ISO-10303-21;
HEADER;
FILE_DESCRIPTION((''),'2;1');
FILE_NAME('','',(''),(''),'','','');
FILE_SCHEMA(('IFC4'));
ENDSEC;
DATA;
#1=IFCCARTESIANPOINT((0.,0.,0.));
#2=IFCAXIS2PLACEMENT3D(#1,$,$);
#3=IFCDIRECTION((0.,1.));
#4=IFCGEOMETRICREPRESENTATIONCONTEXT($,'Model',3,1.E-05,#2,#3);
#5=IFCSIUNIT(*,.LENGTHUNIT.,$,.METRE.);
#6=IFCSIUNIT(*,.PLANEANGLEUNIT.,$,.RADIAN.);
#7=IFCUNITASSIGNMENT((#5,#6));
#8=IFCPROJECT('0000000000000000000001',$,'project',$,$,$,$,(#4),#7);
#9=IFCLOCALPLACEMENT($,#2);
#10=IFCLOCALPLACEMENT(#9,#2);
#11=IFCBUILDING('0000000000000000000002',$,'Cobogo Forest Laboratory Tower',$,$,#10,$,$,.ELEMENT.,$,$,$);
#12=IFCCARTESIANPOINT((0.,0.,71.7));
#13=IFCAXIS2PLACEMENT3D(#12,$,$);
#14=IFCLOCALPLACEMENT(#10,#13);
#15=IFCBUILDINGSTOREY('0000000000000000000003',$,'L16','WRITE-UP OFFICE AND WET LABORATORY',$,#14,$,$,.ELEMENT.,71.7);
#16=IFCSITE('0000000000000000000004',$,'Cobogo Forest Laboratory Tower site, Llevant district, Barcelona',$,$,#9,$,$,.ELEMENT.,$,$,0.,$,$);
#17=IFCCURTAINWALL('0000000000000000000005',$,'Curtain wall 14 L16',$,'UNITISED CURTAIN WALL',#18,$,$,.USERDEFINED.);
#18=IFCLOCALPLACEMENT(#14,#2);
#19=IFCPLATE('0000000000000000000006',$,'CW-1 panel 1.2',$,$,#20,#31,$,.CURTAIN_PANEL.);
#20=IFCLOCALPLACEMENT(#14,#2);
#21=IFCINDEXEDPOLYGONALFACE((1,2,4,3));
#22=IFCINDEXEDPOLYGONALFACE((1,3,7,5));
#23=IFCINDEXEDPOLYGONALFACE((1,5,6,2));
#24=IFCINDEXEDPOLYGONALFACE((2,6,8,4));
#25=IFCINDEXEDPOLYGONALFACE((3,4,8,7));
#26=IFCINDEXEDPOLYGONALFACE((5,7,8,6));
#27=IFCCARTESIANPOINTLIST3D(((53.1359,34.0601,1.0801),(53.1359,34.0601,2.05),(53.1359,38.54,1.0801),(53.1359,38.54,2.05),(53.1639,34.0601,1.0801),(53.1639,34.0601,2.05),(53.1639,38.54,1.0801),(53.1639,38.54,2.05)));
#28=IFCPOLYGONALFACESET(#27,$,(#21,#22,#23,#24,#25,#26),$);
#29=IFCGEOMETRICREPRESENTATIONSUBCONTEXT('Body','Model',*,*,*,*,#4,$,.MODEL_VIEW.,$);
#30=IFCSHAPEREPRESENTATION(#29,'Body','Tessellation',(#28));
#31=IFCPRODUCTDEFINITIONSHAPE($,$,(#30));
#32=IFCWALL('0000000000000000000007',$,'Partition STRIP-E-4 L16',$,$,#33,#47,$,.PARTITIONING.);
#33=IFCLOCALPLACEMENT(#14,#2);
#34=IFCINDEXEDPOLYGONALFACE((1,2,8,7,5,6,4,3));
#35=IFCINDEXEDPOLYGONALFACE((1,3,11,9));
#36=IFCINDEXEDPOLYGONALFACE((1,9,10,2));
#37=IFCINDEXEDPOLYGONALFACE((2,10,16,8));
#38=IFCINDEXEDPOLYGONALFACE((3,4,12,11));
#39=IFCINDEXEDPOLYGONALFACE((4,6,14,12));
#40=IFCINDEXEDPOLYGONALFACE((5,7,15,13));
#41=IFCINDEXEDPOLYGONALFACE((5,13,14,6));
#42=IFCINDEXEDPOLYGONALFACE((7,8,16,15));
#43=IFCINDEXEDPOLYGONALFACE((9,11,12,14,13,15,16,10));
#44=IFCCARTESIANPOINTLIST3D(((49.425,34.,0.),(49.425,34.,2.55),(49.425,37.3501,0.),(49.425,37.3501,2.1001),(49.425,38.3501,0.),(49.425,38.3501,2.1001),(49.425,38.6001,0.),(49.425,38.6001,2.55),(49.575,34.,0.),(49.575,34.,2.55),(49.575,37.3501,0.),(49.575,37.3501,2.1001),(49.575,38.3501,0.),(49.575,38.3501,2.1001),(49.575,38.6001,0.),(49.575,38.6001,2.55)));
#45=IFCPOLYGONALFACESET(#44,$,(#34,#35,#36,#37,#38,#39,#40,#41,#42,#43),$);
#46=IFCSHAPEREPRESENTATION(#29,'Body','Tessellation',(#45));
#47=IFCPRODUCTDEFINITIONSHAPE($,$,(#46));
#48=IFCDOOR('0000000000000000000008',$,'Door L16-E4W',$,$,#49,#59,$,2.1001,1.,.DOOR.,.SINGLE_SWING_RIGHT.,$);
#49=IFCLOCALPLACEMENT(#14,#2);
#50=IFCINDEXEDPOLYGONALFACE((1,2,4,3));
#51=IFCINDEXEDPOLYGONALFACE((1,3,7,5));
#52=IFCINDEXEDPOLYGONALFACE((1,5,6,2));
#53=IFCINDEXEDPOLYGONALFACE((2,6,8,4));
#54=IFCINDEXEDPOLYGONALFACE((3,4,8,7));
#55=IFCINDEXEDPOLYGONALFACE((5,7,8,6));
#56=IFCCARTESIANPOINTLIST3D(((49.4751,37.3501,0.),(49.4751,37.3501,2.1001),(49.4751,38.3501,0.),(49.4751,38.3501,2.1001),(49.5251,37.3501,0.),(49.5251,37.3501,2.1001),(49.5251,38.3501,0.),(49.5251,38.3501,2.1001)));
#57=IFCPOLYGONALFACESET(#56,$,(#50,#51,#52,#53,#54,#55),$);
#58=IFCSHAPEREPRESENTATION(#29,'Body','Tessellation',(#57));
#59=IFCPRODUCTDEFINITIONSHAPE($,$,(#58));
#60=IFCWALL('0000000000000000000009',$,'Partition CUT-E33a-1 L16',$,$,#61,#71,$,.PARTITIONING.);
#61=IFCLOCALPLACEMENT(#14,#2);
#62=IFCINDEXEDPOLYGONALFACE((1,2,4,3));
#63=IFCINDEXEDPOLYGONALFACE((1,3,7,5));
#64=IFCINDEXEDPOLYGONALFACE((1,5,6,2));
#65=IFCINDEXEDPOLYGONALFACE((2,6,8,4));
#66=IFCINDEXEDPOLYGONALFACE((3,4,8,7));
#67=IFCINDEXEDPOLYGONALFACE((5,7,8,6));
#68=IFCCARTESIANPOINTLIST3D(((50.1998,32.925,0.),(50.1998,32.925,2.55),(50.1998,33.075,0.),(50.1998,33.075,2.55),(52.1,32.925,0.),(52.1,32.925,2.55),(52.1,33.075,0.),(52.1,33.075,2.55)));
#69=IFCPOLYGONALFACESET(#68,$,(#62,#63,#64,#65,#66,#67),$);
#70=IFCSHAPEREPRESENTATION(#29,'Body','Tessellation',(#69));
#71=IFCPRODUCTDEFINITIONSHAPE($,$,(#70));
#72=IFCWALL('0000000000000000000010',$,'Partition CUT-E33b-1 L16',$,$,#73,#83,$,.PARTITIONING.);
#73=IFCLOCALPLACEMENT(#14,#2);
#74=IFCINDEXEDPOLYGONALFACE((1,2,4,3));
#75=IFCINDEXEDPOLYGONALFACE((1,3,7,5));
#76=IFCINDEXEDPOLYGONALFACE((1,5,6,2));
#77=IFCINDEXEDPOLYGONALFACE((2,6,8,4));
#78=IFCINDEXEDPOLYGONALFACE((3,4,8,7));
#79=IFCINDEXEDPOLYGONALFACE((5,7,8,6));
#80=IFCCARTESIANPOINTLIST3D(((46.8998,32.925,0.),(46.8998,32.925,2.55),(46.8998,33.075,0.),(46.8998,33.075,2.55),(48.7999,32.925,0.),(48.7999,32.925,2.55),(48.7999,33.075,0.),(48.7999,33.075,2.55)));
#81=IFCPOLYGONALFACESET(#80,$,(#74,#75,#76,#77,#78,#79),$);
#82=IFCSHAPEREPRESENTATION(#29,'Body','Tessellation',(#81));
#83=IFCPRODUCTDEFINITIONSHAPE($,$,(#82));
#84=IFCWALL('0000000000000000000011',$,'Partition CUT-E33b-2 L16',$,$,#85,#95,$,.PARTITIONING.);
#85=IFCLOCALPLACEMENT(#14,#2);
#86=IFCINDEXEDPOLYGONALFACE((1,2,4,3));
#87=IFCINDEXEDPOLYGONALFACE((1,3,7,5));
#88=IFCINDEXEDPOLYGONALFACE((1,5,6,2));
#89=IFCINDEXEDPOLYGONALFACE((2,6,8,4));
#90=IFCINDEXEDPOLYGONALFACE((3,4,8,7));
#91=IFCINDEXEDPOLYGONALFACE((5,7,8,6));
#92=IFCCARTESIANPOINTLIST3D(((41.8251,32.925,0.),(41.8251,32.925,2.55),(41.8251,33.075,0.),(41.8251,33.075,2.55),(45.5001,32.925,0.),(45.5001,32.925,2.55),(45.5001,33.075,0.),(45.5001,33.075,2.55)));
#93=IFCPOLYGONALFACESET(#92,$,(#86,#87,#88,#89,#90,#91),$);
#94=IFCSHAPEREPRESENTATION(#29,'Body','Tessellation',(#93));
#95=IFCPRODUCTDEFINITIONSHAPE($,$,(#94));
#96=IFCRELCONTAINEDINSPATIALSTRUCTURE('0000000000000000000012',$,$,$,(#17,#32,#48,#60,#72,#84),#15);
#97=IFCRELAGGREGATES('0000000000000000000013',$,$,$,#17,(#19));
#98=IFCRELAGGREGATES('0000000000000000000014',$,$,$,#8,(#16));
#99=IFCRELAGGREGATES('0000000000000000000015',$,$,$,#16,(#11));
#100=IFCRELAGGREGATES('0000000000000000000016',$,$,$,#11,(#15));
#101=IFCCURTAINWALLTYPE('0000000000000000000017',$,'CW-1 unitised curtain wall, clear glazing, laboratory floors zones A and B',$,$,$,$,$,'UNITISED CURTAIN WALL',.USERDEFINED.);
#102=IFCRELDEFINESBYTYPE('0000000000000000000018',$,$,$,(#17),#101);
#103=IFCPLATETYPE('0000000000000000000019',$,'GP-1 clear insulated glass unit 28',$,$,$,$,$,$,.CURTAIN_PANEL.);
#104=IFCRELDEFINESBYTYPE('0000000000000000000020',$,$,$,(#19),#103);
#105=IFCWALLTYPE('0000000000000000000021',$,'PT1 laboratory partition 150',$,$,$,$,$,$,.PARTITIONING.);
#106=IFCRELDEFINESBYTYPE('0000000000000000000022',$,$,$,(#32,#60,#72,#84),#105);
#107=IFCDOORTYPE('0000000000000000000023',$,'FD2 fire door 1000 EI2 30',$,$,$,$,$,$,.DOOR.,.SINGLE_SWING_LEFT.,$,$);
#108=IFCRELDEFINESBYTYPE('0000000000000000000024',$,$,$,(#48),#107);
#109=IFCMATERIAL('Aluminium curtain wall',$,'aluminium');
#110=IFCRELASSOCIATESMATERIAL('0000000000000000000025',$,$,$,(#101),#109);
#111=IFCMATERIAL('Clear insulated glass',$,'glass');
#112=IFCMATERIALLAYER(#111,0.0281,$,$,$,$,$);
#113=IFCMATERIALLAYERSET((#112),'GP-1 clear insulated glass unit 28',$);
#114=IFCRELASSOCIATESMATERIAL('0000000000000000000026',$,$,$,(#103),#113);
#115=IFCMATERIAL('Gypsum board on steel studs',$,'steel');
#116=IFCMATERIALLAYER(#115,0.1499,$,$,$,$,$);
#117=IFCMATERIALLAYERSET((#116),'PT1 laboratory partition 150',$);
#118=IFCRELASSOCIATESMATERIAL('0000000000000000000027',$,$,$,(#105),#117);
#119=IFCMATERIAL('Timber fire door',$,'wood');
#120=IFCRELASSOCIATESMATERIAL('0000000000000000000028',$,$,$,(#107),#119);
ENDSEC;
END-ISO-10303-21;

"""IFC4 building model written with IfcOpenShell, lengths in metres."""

from ifc_helpers import new_model, si_unit, direction, frame, frame_2d, origin, origin_2d, place, context, subcontext, project, spatial, rectangle, extrude, material, layer, layer_set, type_object, element, fill, aggregate, save


model = new_model("IFC4")

# Units and contexts
model_context = context("Model", 3, precision=1e-05, world=origin(), true_north=direction((0.0, 1.0)))
body_context = subcontext(model_context, "Body", "Model", "MODEL_VIEW")
ifc_project = project(units=[si_unit("LENGTHUNIT", "METRE"), si_unit("PLANEANGLEUNIT", "RADIAN")], contexts=[model_context])

# Site, building, storey
site_placement = place(None, origin())
site = spatial("IfcSite", under=ifc_project, at=site_placement, Name="Cobogo Forest Laboratory Tower site, Llevant district, Barcelona", CompositionType="ELEMENT", RefElevation=0.0)
building_placement = place(site_placement, origin())
building = spatial("IfcBuilding", under=site, at=building_placement, Name="Cobogo Forest Laboratory Tower", CompositionType="ELEMENT")
storey_placement = place(building_placement, frame((0.0, 0.0, 71.7)))
storey = spatial("IfcBuildingStorey", under=building, at=storey_placement, Name="L16", Description="WRITE-UP OFFICE AND WET LABORATORY", CompositionType="ELEMENT", Elevation=71.7)

# Shared definitions
ifc_material_1 = material(Name="Aluminium curtain wall", Category="aluminium")
curtain_wall_type = type_object("IfcCurtainWallType", Name="CW-1 unitised curtain wall, clear glazing, laboratory floors zones A and B", ElementType="UNITISED CURTAIN WALL", PredefinedType="USERDEFINED", material=ifc_material_1)

# Curtain wall
curtain_wall_1_placement = place(storey_placement, origin())
curtain_wall_1 = element("IfcCurtainWall", 1, at=curtain_wall_1_placement, inside=storey, type_object=curtain_wall_type, Name="Curtain wall 14 L16", ObjectType="UNITISED CURTAIN WALL", PredefinedType="USERDEFINED")

# Plate
ifc_material_2 = material(Name="Clear insulated glass", Category="glass")
ifc_layer_1 = layer(ifc_material_2, 0.0281)
ifc_layer_set_1 = layer_set([ifc_layer_1], Name="GP-1 clear insulated glass unit 28")
plate_type_1 = type_object("IfcPlateType", Name="GP-1 clear insulated glass unit 28", PredefinedType="CURTAIN_PANEL", material=ifc_layer_set_1)
plate_1_placement = place(storey_placement, frame((53.1499, 36.3, 1.0801), z_axis=(0.0, 0.0, 1.0), x_axis=(0.0, 1.0, 0.0)))
plate_1 = element("IfcPlate", 2, at=plate_1_placement, type_object=plate_type_1, Name="CW-1 panel 1.2", PredefinedType="CURTAIN_PANEL", context=body_context, shape_type="SweptSolid", body=[
    extrude(rectangle(XDim=4.48, YDim=0.0281, at=origin_2d()), origin(), (0.0, 0.0, 1.0), 0.97),
])
aggregate(curtain_wall_1, [plate_1])

# Wall, opening, door
ifc_material_3 = material(Name="Gypsum board on steel studs", Category="steel")
ifc_layer_2 = layer(ifc_material_3, 0.1499)
ifc_layer_set_2 = layer_set([ifc_layer_2], Name="PT1 laboratory partition 150")
wall_type = type_object("IfcWallType", Name="PT1 laboratory partition 150", PredefinedType="PARTITIONING", material=ifc_layer_set_2)
wall_1_placement = place(storey_placement, frame((49.5, 34.0, 0.0), z_axis=(0.0, 0.0, 1.0), x_axis=(0.0, 1.0, 0.0)))
wall_1 = element("IfcWall", 3, at=wall_1_placement, inside=storey, type_object=wall_type, Name="Partition STRIP-E-4 L16", PredefinedType="PARTITIONING", context=body_context, shape_type="SweptSolid", body=[
    extrude(rectangle(XDim=4.6001, YDim=0.1499, at=frame_2d((2.3, 0.0))), origin(), (0.0, 0.0, 1.0), 2.55),
])
opening_placement = place(wall_1_placement, frame((3.3501, 0.0, 0.0)))
opening = element("IfcOpeningElement", 4, at=opening_placement, cuts=wall_1, PredefinedType="OPENING", context=body_context, shape_type="SweptSolid", body=[
    extrude(rectangle(XDim=1.0, YDim=2.1001, at=frame_2d((0.5, 1.05))), frame((0.0, 0.085, 0.0), z_axis=(0.0, -1.0, 0.0), x_axis=(1.0, 0.0, 0.0)), (0.0, 0.0, 1.0), 0.1699),
])
ifc_material_4 = material(Name="Timber fire door", Category="wood")
door_type = type_object("IfcDoorType", Name="FD2 fire door 1000 EI2 30", OperationType="SINGLE_SWING_LEFT", PredefinedType="DOOR", material=ifc_material_4)
door_placement = place(opening_placement, origin())
door = element("IfcDoor", 5, at=door_placement, inside=storey, type_object=door_type, Name="Door L16-E4W", OperationType="SINGLE_SWING_RIGHT", OverallHeight=2.1001, OverallWidth=1.0, PredefinedType="DOOR", context=body_context, shape_type="SweptSolid", body=[
    extrude(rectangle(XDim=1.0, YDim=2.1001, at=frame_2d((0.5, 1.05))), frame((0.0, 0.0249, 0.0), z_axis=(0.0, -1.0, 0.0), x_axis=(1.0, 0.0, 0.0)), (0.0, 0.0, 1.0), 0.05),
])
fill(opening, door)

# Walls
for number, where, z_axis, x_axis, name in (
    (6, (52.1001, 33.0, 0.0), (0.0, 0.0, 1.0), (-1.0, 0.0, 0.0), "Partition CUT-E33a-1 L16"),
    (7, (48.8, 33.0, 0.0), (0.0, 0.0, 1.0), (-1.0, 0.0, 0.0), "Partition CUT-E33b-1 L16"),
):
    element("IfcWall", number, at=place(storey_placement, frame(where, z_axis=z_axis, x_axis=x_axis)), inside=storey, type_object=wall_type, Name=name, PredefinedType="PARTITIONING", context=body_context, shape_type="SweptSolid", body=[
        extrude(rectangle(XDim=1.9001, YDim=0.1499, at=frame_2d((0.9502, 0.0))), origin(), (0.0, 0.0, 1.0), 2.55),
    ])
wall_2_placement = place(storey_placement, frame((45.5, 33.0, 0.0), z_axis=(0.0, 0.0, 1.0), x_axis=(-1.0, 0.0, 0.0)))
element("IfcWall", 8, at=wall_2_placement, inside=storey, type_object=wall_type, Name="Partition CUT-E33b-2 L16", PredefinedType="PARTITIONING", context=body_context, shape_type="SweptSolid", body=[
    extrude(rectangle(XDim=3.675, YDim=0.1499, at=frame_2d((1.8374, 0.0))), origin(), (0.0, 0.0, 1.0), 2.55),
])

save(model, "model.ifc")
